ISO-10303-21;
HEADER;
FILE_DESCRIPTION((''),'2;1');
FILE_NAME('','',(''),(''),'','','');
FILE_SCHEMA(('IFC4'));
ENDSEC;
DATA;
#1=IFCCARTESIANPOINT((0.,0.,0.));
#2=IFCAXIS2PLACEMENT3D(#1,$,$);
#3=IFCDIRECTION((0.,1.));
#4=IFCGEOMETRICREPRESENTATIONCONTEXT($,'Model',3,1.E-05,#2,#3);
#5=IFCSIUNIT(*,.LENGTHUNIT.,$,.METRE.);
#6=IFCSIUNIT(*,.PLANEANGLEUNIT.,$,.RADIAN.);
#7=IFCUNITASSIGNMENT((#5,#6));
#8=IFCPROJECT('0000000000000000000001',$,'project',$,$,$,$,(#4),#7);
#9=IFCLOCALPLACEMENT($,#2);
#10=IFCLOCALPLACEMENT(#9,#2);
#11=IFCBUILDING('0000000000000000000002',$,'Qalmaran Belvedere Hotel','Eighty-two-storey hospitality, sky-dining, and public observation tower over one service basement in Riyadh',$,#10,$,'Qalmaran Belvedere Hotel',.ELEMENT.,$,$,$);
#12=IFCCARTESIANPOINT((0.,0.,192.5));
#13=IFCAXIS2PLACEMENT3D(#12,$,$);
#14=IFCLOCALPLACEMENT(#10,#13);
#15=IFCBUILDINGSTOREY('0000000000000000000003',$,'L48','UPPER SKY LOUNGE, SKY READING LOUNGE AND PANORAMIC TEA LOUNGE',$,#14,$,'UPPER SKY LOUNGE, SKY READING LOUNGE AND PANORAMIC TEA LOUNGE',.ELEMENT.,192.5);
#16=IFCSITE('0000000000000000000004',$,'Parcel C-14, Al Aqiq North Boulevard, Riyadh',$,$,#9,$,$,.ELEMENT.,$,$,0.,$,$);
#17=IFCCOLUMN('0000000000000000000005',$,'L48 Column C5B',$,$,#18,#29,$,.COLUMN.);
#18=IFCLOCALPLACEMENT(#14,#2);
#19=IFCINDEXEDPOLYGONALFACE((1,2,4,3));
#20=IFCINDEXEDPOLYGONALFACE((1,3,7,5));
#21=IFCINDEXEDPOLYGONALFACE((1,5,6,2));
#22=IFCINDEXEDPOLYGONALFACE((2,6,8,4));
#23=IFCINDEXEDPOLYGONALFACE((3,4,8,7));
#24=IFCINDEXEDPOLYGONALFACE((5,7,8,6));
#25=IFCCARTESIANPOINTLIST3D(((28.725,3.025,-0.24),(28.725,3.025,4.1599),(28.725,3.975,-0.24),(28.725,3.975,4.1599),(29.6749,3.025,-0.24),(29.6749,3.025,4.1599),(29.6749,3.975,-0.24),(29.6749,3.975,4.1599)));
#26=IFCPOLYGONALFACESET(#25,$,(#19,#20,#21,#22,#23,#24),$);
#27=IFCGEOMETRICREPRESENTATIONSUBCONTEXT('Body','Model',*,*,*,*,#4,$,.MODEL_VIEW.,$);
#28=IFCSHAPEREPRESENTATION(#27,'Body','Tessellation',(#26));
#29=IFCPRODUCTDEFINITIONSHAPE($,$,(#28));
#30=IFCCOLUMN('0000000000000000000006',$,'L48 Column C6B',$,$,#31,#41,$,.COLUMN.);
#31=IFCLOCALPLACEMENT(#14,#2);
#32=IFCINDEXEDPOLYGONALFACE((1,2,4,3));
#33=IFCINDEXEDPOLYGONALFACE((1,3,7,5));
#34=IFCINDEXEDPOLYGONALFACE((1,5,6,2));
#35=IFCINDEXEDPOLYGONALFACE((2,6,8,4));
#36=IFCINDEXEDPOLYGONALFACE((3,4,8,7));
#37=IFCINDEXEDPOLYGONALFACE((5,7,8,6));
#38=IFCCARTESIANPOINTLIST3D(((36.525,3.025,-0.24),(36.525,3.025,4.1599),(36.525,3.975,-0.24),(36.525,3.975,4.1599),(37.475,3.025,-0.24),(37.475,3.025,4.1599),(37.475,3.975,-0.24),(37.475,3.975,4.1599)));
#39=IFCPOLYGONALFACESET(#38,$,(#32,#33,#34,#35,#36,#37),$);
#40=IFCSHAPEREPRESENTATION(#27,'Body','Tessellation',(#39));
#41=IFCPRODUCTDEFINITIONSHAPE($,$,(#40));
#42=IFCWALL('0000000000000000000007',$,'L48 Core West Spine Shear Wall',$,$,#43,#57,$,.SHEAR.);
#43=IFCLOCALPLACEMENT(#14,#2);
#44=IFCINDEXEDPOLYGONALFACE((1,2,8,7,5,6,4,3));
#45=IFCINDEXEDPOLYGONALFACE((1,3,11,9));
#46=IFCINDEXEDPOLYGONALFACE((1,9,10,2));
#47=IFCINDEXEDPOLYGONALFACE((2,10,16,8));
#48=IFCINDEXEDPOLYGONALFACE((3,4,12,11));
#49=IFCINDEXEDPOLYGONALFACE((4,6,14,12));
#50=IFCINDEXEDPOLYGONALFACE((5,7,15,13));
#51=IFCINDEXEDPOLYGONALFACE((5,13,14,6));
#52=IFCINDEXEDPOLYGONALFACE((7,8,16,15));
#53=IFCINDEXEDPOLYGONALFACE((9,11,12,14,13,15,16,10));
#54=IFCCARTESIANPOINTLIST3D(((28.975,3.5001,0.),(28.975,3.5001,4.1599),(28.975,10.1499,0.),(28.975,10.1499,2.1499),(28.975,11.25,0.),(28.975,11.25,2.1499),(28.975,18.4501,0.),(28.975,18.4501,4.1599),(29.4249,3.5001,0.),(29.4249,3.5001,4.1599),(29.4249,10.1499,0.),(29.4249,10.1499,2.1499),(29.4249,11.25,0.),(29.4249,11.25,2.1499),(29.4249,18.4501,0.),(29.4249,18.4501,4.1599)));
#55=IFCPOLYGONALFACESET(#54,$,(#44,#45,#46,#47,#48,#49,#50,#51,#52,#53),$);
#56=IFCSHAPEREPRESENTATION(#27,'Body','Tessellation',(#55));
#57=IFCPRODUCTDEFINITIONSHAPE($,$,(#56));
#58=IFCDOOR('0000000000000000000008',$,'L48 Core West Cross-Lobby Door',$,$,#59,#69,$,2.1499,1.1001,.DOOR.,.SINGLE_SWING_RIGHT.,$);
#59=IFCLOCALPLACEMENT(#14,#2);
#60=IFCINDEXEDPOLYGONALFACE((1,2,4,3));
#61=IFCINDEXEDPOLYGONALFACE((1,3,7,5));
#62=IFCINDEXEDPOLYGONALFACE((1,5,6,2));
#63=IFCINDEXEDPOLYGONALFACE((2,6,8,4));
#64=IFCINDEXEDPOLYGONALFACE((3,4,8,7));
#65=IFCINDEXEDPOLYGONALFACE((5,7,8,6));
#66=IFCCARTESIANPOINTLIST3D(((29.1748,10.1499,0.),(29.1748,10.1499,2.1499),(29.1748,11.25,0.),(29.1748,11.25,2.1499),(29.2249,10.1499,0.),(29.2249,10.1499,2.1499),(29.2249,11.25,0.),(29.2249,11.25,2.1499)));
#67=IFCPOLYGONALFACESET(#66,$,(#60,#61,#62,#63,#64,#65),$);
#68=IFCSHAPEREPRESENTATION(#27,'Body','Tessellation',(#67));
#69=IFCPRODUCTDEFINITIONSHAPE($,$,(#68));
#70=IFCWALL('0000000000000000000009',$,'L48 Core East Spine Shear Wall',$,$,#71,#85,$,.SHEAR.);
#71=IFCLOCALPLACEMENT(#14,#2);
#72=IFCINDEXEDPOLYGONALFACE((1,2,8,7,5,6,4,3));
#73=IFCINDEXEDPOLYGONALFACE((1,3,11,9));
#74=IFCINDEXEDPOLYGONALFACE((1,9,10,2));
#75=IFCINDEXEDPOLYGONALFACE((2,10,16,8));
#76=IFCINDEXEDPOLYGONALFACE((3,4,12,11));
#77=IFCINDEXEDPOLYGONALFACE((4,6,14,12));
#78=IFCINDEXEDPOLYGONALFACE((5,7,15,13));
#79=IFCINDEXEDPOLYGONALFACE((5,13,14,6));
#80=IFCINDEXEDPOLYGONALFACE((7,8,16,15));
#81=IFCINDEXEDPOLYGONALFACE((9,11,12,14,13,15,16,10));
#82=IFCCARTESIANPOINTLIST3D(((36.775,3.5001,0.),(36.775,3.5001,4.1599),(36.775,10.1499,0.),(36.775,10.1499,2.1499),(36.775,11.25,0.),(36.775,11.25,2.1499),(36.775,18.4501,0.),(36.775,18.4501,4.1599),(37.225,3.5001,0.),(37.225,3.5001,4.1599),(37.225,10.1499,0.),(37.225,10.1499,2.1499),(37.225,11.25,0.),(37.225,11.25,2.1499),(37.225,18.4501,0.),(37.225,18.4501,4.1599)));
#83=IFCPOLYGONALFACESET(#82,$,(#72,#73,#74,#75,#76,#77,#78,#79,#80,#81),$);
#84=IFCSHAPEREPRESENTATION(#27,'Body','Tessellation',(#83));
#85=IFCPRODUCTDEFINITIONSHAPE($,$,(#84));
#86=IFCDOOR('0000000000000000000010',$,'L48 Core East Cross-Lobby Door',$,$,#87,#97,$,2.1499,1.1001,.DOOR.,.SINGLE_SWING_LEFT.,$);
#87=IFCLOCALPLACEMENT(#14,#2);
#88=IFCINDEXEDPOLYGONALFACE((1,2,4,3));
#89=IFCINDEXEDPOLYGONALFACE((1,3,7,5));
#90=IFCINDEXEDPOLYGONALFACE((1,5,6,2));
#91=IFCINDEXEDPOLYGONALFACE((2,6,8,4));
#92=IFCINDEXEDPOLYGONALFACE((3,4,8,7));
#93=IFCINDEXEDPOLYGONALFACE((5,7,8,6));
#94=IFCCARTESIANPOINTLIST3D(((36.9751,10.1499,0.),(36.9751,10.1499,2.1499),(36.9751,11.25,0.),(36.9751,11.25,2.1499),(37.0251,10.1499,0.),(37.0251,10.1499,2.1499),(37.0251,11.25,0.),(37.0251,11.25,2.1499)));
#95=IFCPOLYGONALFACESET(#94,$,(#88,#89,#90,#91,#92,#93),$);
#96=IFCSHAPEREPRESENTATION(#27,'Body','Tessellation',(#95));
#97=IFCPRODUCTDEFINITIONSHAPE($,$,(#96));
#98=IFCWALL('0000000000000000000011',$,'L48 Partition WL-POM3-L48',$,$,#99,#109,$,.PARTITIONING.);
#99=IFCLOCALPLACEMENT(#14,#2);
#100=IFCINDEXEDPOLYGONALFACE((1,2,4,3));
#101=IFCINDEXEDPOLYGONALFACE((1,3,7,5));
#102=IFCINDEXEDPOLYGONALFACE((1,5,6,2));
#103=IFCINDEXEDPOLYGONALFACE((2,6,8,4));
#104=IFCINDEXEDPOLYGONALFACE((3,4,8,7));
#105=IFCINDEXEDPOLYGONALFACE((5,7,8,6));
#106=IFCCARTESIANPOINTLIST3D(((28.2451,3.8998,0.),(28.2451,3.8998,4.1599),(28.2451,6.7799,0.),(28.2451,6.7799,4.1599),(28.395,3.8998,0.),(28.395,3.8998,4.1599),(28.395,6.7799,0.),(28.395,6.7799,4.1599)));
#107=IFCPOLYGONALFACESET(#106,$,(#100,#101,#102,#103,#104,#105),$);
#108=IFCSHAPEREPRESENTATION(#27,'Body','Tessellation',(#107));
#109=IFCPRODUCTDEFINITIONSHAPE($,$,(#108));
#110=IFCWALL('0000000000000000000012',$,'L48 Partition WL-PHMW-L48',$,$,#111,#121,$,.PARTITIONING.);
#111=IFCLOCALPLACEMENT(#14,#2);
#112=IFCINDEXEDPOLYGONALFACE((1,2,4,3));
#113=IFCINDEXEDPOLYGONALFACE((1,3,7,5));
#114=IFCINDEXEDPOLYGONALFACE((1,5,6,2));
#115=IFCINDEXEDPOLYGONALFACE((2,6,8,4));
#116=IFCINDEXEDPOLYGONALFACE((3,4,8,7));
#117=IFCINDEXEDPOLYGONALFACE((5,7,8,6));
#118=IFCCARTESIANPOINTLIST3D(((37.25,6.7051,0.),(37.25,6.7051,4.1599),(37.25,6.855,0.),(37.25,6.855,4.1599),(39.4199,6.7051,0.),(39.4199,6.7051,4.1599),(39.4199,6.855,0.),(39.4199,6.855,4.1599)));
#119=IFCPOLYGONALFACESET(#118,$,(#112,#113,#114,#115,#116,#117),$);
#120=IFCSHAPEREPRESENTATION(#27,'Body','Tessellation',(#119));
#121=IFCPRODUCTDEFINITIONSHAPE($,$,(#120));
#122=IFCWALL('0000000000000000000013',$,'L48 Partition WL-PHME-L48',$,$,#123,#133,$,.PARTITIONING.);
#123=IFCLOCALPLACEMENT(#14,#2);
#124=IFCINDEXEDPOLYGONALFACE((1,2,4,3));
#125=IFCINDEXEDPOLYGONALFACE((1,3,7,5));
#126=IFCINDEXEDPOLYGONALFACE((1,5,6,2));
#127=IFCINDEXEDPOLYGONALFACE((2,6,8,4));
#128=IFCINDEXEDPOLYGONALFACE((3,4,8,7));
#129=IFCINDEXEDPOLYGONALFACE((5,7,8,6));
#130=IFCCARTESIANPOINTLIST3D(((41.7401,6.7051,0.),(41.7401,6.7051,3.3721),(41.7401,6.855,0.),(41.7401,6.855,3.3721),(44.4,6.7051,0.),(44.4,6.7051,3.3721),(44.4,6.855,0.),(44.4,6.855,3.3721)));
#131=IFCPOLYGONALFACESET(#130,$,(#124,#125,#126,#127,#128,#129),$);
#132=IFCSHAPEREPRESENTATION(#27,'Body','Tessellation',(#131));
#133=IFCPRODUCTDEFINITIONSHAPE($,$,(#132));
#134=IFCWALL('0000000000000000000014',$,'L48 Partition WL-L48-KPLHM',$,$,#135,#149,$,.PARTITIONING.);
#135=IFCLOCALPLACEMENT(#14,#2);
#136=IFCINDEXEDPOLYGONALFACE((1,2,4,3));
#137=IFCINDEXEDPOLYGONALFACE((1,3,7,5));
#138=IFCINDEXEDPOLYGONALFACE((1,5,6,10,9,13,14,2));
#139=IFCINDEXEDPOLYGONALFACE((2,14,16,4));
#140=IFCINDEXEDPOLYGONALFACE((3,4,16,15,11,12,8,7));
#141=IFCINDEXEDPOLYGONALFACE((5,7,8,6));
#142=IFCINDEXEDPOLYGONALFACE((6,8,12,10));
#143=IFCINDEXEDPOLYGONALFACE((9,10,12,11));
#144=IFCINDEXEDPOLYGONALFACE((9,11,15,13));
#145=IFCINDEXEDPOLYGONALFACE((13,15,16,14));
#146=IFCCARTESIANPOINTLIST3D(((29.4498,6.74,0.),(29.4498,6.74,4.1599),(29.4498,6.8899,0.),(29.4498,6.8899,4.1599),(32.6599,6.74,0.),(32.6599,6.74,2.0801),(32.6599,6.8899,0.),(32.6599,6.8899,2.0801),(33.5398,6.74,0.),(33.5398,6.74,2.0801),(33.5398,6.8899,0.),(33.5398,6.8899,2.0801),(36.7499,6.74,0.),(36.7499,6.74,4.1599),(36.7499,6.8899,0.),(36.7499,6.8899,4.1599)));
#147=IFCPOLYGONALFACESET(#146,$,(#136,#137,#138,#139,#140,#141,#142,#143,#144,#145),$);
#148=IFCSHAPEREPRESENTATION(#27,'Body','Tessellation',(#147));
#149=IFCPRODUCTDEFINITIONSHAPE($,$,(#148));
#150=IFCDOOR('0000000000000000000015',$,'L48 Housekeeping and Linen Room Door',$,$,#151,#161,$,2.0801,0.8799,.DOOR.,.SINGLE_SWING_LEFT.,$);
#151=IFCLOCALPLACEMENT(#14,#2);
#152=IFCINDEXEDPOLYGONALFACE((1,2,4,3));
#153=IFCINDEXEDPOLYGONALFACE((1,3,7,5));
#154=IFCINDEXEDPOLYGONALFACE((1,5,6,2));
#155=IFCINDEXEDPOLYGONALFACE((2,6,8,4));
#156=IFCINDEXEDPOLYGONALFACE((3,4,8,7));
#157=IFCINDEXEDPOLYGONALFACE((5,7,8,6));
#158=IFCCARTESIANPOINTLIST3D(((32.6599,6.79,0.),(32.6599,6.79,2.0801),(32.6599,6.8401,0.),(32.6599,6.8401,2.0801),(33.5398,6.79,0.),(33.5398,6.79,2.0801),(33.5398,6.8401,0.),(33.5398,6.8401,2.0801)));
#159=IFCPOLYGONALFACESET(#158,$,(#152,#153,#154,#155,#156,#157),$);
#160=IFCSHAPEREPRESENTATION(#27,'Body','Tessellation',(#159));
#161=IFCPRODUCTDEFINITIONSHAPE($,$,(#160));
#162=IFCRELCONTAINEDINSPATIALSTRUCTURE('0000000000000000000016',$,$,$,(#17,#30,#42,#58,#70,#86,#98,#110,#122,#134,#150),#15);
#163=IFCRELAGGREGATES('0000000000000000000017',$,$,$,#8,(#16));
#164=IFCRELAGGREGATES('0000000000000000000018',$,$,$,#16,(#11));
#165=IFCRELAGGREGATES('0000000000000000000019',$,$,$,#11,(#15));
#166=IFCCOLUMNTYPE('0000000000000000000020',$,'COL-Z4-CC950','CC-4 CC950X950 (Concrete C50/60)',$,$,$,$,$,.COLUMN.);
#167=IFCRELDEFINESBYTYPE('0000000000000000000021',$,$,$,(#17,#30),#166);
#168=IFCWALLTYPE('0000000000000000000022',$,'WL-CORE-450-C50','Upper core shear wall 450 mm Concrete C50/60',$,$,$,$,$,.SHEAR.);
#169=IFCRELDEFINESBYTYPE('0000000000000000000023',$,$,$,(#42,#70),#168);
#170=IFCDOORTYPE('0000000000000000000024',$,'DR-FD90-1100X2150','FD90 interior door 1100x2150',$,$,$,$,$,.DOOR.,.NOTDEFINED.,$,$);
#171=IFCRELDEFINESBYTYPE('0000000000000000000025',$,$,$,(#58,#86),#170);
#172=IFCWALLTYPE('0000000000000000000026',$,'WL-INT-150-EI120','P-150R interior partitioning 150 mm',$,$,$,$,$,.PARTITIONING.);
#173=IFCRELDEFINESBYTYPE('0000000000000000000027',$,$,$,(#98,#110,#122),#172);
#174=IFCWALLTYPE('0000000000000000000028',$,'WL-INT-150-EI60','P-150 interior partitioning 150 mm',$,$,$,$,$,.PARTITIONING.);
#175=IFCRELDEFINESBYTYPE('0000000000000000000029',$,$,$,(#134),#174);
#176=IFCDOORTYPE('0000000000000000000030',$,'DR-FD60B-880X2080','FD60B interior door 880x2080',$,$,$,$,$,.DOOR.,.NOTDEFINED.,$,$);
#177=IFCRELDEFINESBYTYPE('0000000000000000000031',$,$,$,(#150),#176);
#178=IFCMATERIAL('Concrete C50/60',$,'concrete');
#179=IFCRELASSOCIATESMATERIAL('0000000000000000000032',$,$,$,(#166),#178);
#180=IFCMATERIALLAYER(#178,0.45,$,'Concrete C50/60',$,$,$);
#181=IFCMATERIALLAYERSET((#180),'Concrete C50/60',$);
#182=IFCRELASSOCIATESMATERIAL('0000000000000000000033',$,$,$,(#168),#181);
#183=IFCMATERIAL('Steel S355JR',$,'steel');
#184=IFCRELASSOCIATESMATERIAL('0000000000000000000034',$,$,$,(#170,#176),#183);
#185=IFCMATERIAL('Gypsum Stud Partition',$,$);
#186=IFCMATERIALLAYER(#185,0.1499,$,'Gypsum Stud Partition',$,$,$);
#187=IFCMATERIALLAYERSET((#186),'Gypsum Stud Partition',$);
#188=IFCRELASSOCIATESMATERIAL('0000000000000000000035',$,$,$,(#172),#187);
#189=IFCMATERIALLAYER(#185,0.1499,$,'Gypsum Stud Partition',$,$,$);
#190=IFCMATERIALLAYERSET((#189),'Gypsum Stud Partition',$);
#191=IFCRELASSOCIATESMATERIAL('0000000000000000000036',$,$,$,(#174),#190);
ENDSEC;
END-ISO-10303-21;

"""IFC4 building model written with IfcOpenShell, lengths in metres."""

from ifc_helpers import new_model, si_unit, direction, frame, frame_2d, origin, origin_2d, place, context, subcontext, project, spatial, rectangle, extrude, material, layer, layer_set, material_profile, profile_set, type_object, element, fill, save


model = new_model("IFC4")

# Units and contexts
model_context = context("Model", 3, precision=1e-05, world=origin(), true_north=direction((0.0, 1.0)))
body_context = subcontext(model_context, "Body", "Model", "MODEL_VIEW")
ifc_project = project(units=[si_unit("LENGTHUNIT", "METRE"), si_unit("PLANEANGLEUNIT", "RADIAN")], contexts=[model_context])

# Site, building, storey
site_placement = place(None, origin())
site = spatial("IfcSite", under=ifc_project, at=site_placement, Name="Parcel C-14, Al Aqiq North Boulevard, Riyadh", CompositionType="ELEMENT", RefElevation=0.0)
building_placement = place(site_placement, origin())
building = spatial("IfcBuilding", under=site, at=building_placement, Name="Qalmaran Belvedere Hotel", Description="Eighty-two-storey hospitality, sky-dining, and public observation tower over one service basement in Riyadh", LongName="Qalmaran Belvedere Hotel", CompositionType="ELEMENT")
storey_placement = place(building_placement, frame((0.0, 0.0, 192.5)))
storey = spatial("IfcBuildingStorey", under=building, at=storey_placement, Name="L48", Description="UPPER SKY LOUNGE, SKY READING LOUNGE AND PANORAMIC TEA LOUNGE", LongName="UPPER SKY LOUNGE, SKY READING LOUNGE AND PANORAMIC TEA LOUNGE", CompositionType="ELEMENT", Elevation=192.5)

# Columns
ifc_material_1 = material(Name="Concrete C50/60", Category="concrete")
ifc_material_profile = material_profile(ifc_material_1, rectangle(XDim=0.95, YDim=0.95, at=origin_2d()), Name="CC950X950")
ifc_profile_set = profile_set([ifc_material_profile], Name="Concrete C50/60")
column_type = type_object("IfcColumnType", Name="COL-Z4-CC950", Description="CC-4 CC950X950 (Concrete C50/60)", PredefinedType="COLUMN", material=ifc_profile_set)
for number, where, z_axis, x_axis, name in (
    (1, (29.2, 3.5, -0.24), (0.0, 0.0, 1.0), (1.0, 0.0, 0.0), "L48 Column C5B"),
    (2, (37.0, 3.5, -0.24), (0.0, 0.0, 1.0), (1.0, 0.0, 0.0), "L48 Column C6B"),
):
    element("IfcColumn", number, at=place(storey_placement, frame(where, z_axis=z_axis, x_axis=x_axis)), inside=storey, type_object=column_type, Name=name, PredefinedType="COLUMN", context=body_context, shape_type="SweptSolid", body=[
        extrude(rectangle(XDim=0.95, YDim=0.95, at=origin_2d()), origin(), (0.0, 0.0, 1.0), 4.3999),
    ])

# Walls, openings, doors
ifc_layer_1 = layer(ifc_material_1, 0.45, Name="Concrete C50/60")
ifc_layer_set_1 = layer_set([ifc_layer_1], Name="Concrete C50/60")
wall_type_1 = type_object("IfcWallType", Name="WL-CORE-450-C50", Description="Upper core shear wall 450 mm Concrete C50/60", PredefinedType="SHEAR", material=ifc_layer_set_1)
wall_1_placement = place(storey_placement, frame((29.2, 3.5, 0.0), z_axis=(0.0, 0.0, 1.0), x_axis=(0.0, 1.0, 0.0)))
wall_1 = element("IfcWall", 3, at=wall_1_placement, inside=storey, type_object=wall_type_1, Name="L48 Core West Spine Shear Wall", PredefinedType="SHEAR", context=body_context, shape_type="SweptSolid", body=[
    extrude(rectangle(XDim=14.95, YDim=0.45, at=frame_2d((7.4751, 0.0))), origin(), (0.0, 0.0, 1.0), 4.1599),
])
opening_1_placement = place(wall_1_placement, frame((7.75, 0.0, 0.0), z_axis=(0.0, 0.0, 1.0), x_axis=(-1.0, 0.0, 0.0)))
opening_1 = element("IfcOpeningElement", 4, at=opening_1_placement, cuts=wall_1, PredefinedType="OPENING", context=body_context, shape_type="SweptSolid", body=[
    extrude(rectangle(XDim=1.1001, YDim=2.1499, at=frame_2d((0.55, 1.075))), frame((0.0, 0.2349, 0.0), z_axis=(0.0, -1.0, 0.0), x_axis=(1.0, 0.0, 0.0)), (0.0, 0.0, 1.0), 0.47),
])
ifc_material_2 = material(Name="Steel S355JR", Category="steel")
door_type_1 = type_object("IfcDoorType", Name="DR-FD90-1100X2150", Description="FD90 interior door 1100x2150", OperationType="NOTDEFINED", PredefinedType="DOOR", material=ifc_material_2)
door_1_placement = place(opening_1_placement, origin())
door_1 = element("IfcDoor", 5, at=door_1_placement, inside=storey, type_object=door_type_1, Name="L48 Core West Cross-Lobby Door", OperationType="SINGLE_SWING_RIGHT", OverallHeight=2.1499, OverallWidth=1.1001, PredefinedType="DOOR", context=body_context, shape_type="SweptSolid", body=[
    extrude(rectangle(XDim=1.1001, YDim=2.1499, at=frame_2d((0.55, 1.075))), frame((0.0, 0.0249, 0.0), z_axis=(0.0, -1.0, 0.0), x_axis=(1.0, 0.0, 0.0)), (0.0, 0.0, 1.0), 0.05),
])
fill(opening_1, door_1)
wall_2_placement = place(storey_placement, frame((37.0, 3.5, 0.0), z_axis=(0.0, 0.0, 1.0), x_axis=(0.0, 1.0, 0.0)))
wall_2 = element("IfcWall", 6, at=wall_2_placement, inside=storey, type_object=wall_type_1, Name="L48 Core East Spine Shear Wall", PredefinedType="SHEAR", context=body_context, shape_type="SweptSolid", body=[
    extrude(rectangle(XDim=14.95, YDim=0.45, at=frame_2d((7.4751, 0.0))), origin(), (0.0, 0.0, 1.0), 4.1599),
])
opening_2_placement = place(wall_2_placement, frame((6.6499, 0.0, 0.0)))
opening_2 = element("IfcOpeningElement", 7, at=opening_2_placement, cuts=wall_2, PredefinedType="OPENING", context=body_context, shape_type="SweptSolid", body=[
    extrude(rectangle(XDim=1.1001, YDim=2.1499, at=frame_2d((0.55, 1.075))), frame((0.0, 0.2349, 0.0), z_axis=(0.0, -1.0, 0.0), x_axis=(1.0, 0.0, 0.0)), (0.0, 0.0, 1.0), 0.47),
])
door_2_placement = place(opening_2_placement, origin())
door_2 = element("IfcDoor", 8, at=door_2_placement, inside=storey, type_object=door_type_1, Name="L48 Core East Cross-Lobby Door", OperationType="SINGLE_SWING_LEFT", OverallHeight=2.1499, OverallWidth=1.1001, PredefinedType="DOOR", context=body_context, shape_type="SweptSolid", body=[
    extrude(rectangle(XDim=1.1001, YDim=2.1499, at=frame_2d((0.55, 1.075))), frame((0.0, 0.0249, 0.0), z_axis=(0.0, -1.0, 0.0), x_axis=(1.0, 0.0, 0.0)), (0.0, 0.0, 1.0), 0.05),
])
fill(opening_2, door_2)

# Walls
ifc_material_3 = material(Name="Gypsum Stud Partition")
ifc_layer_2 = layer(ifc_material_3, 0.1499, Name="Gypsum Stud Partition")
ifc_layer_set_2 = layer_set([ifc_layer_2], Name="Gypsum Stud Partition")
wall_type_2 = type_object("IfcWallType", Name="WL-INT-150-EI120", Description="P-150R interior partitioning 150 mm", PredefinedType="PARTITIONING", material=ifc_layer_set_2)
wall_3_placement = place(storey_placement, frame((28.3201, 3.8999, 0.0), z_axis=(0.0, 0.0, 1.0), x_axis=(0.0, 1.0, 0.0)))
element("IfcWall", 9, at=wall_3_placement, inside=storey, type_object=wall_type_2, Name="L48 Partition WL-POM3-L48", PredefinedType="PARTITIONING", context=body_context, shape_type="SweptSolid", body=[
    extrude(rectangle(XDim=2.8801, YDim=0.1499, at=frame_2d((1.4399, 0.0))), origin(), (0.0, 0.0, 1.0), 4.1599),
])
wall_4_placement = place(storey_placement, frame((37.25, 6.78, 0.0), z_axis=(0.0, 0.0, 1.0), x_axis=(1.0, 0.0, 0.0)))
element("IfcWall", 10, at=wall_4_placement, inside=storey, type_object=wall_type_2, Name="L48 Partition WL-PHMW-L48", PredefinedType="PARTITIONING", context=body_context, shape_type="SweptSolid", body=[
    extrude(rectangle(XDim=2.1699, YDim=0.1499, at=frame_2d((1.085, 0.0))), origin(), (0.0, 0.0, 1.0), 4.1599),
])
wall_5_placement = place(storey_placement, frame((41.74, 6.78, 0.0), z_axis=(0.0, 0.0, 1.0), x_axis=(1.0, 0.0, 0.0)))
element("IfcWall", 11, at=wall_5_placement, inside=storey, type_object=wall_type_2, Name="L48 Partition WL-PHME-L48", PredefinedType="PARTITIONING", context=body_context, shape_type="SweptSolid", body=[
    extrude(rectangle(XDim=2.6599, YDim=0.1499, at=frame_2d((1.3301, 0.0))), origin(), (0.0, 0.0, 1.0), 3.3721),
])

# Wall, opening, door
ifc_layer_3 = layer(ifc_material_3, 0.1499, Name="Gypsum Stud Partition")
ifc_layer_set_3 = layer_set([ifc_layer_3], Name="Gypsum Stud Partition")
wall_type_3 = type_object("IfcWallType", Name="WL-INT-150-EI60", Description="P-150 interior partitioning 150 mm", PredefinedType="PARTITIONING", material=ifc_layer_set_3)
wall_6_placement = place(storey_placement, frame((29.45, 6.8149, 0.0), z_axis=(0.0, 0.0, 1.0), x_axis=(1.0, 0.0, 0.0)))
wall_6 = element("IfcWall", 12, at=wall_6_placement, inside=storey, type_object=wall_type_3, Name="L48 Partition WL-L48-KPLHM", PredefinedType="PARTITIONING", context=body_context, shape_type="SweptSolid", body=[
    extrude(rectangle(XDim=7.3, YDim=0.1499, at=frame_2d((3.6499, 0.0))), origin(), (0.0, 0.0, 1.0), 4.1599),
])
opening_3_placement = place(wall_6_placement, frame((4.0898, 0.0, 0.0), z_axis=(0.0, 0.0, 1.0), x_axis=(-1.0, 0.0, 0.0)))
opening_3 = element("IfcOpeningElement", 13, at=opening_3_placement, cuts=wall_6, PredefinedType="OPENING", context=body_context, shape_type="SweptSolid", body=[
    extrude(rectangle(XDim=0.8799, YDim=2.0801, at=frame_2d((0.4399, 1.04))), frame((0.0, 0.085, 0.0), z_axis=(0.0, -1.0, 0.0), x_axis=(1.0, 0.0, 0.0)), (0.0, 0.0, 1.0), 0.1699),
])
door_type_2 = type_object("IfcDoorType", Name="DR-FD60B-880X2080", Description="FD60B interior door 880x2080", OperationType="NOTDEFINED", PredefinedType="DOOR", material=ifc_material_2)
door_3_placement = place(opening_3_placement, origin())
door_3 = element("IfcDoor", 14, at=door_3_placement, inside=storey, type_object=door_type_2, Name="L48 Housekeeping and Linen Room Door", OperationType="SINGLE_SWING_LEFT", OverallHeight=2.0801, OverallWidth=0.8799, PredefinedType="DOOR", context=body_context, shape_type="SweptSolid", body=[
    extrude(rectangle(XDim=0.8799, YDim=2.0801, at=frame_2d((0.4399, 1.04))), frame((0.0, 0.0249, 0.0), z_axis=(0.0, -1.0, 0.0), x_axis=(1.0, 0.0, 0.0)), (0.0, 0.0, 1.0), 0.05),
])
fill(opening_3, door_3)

save(model, "model.ifc")
